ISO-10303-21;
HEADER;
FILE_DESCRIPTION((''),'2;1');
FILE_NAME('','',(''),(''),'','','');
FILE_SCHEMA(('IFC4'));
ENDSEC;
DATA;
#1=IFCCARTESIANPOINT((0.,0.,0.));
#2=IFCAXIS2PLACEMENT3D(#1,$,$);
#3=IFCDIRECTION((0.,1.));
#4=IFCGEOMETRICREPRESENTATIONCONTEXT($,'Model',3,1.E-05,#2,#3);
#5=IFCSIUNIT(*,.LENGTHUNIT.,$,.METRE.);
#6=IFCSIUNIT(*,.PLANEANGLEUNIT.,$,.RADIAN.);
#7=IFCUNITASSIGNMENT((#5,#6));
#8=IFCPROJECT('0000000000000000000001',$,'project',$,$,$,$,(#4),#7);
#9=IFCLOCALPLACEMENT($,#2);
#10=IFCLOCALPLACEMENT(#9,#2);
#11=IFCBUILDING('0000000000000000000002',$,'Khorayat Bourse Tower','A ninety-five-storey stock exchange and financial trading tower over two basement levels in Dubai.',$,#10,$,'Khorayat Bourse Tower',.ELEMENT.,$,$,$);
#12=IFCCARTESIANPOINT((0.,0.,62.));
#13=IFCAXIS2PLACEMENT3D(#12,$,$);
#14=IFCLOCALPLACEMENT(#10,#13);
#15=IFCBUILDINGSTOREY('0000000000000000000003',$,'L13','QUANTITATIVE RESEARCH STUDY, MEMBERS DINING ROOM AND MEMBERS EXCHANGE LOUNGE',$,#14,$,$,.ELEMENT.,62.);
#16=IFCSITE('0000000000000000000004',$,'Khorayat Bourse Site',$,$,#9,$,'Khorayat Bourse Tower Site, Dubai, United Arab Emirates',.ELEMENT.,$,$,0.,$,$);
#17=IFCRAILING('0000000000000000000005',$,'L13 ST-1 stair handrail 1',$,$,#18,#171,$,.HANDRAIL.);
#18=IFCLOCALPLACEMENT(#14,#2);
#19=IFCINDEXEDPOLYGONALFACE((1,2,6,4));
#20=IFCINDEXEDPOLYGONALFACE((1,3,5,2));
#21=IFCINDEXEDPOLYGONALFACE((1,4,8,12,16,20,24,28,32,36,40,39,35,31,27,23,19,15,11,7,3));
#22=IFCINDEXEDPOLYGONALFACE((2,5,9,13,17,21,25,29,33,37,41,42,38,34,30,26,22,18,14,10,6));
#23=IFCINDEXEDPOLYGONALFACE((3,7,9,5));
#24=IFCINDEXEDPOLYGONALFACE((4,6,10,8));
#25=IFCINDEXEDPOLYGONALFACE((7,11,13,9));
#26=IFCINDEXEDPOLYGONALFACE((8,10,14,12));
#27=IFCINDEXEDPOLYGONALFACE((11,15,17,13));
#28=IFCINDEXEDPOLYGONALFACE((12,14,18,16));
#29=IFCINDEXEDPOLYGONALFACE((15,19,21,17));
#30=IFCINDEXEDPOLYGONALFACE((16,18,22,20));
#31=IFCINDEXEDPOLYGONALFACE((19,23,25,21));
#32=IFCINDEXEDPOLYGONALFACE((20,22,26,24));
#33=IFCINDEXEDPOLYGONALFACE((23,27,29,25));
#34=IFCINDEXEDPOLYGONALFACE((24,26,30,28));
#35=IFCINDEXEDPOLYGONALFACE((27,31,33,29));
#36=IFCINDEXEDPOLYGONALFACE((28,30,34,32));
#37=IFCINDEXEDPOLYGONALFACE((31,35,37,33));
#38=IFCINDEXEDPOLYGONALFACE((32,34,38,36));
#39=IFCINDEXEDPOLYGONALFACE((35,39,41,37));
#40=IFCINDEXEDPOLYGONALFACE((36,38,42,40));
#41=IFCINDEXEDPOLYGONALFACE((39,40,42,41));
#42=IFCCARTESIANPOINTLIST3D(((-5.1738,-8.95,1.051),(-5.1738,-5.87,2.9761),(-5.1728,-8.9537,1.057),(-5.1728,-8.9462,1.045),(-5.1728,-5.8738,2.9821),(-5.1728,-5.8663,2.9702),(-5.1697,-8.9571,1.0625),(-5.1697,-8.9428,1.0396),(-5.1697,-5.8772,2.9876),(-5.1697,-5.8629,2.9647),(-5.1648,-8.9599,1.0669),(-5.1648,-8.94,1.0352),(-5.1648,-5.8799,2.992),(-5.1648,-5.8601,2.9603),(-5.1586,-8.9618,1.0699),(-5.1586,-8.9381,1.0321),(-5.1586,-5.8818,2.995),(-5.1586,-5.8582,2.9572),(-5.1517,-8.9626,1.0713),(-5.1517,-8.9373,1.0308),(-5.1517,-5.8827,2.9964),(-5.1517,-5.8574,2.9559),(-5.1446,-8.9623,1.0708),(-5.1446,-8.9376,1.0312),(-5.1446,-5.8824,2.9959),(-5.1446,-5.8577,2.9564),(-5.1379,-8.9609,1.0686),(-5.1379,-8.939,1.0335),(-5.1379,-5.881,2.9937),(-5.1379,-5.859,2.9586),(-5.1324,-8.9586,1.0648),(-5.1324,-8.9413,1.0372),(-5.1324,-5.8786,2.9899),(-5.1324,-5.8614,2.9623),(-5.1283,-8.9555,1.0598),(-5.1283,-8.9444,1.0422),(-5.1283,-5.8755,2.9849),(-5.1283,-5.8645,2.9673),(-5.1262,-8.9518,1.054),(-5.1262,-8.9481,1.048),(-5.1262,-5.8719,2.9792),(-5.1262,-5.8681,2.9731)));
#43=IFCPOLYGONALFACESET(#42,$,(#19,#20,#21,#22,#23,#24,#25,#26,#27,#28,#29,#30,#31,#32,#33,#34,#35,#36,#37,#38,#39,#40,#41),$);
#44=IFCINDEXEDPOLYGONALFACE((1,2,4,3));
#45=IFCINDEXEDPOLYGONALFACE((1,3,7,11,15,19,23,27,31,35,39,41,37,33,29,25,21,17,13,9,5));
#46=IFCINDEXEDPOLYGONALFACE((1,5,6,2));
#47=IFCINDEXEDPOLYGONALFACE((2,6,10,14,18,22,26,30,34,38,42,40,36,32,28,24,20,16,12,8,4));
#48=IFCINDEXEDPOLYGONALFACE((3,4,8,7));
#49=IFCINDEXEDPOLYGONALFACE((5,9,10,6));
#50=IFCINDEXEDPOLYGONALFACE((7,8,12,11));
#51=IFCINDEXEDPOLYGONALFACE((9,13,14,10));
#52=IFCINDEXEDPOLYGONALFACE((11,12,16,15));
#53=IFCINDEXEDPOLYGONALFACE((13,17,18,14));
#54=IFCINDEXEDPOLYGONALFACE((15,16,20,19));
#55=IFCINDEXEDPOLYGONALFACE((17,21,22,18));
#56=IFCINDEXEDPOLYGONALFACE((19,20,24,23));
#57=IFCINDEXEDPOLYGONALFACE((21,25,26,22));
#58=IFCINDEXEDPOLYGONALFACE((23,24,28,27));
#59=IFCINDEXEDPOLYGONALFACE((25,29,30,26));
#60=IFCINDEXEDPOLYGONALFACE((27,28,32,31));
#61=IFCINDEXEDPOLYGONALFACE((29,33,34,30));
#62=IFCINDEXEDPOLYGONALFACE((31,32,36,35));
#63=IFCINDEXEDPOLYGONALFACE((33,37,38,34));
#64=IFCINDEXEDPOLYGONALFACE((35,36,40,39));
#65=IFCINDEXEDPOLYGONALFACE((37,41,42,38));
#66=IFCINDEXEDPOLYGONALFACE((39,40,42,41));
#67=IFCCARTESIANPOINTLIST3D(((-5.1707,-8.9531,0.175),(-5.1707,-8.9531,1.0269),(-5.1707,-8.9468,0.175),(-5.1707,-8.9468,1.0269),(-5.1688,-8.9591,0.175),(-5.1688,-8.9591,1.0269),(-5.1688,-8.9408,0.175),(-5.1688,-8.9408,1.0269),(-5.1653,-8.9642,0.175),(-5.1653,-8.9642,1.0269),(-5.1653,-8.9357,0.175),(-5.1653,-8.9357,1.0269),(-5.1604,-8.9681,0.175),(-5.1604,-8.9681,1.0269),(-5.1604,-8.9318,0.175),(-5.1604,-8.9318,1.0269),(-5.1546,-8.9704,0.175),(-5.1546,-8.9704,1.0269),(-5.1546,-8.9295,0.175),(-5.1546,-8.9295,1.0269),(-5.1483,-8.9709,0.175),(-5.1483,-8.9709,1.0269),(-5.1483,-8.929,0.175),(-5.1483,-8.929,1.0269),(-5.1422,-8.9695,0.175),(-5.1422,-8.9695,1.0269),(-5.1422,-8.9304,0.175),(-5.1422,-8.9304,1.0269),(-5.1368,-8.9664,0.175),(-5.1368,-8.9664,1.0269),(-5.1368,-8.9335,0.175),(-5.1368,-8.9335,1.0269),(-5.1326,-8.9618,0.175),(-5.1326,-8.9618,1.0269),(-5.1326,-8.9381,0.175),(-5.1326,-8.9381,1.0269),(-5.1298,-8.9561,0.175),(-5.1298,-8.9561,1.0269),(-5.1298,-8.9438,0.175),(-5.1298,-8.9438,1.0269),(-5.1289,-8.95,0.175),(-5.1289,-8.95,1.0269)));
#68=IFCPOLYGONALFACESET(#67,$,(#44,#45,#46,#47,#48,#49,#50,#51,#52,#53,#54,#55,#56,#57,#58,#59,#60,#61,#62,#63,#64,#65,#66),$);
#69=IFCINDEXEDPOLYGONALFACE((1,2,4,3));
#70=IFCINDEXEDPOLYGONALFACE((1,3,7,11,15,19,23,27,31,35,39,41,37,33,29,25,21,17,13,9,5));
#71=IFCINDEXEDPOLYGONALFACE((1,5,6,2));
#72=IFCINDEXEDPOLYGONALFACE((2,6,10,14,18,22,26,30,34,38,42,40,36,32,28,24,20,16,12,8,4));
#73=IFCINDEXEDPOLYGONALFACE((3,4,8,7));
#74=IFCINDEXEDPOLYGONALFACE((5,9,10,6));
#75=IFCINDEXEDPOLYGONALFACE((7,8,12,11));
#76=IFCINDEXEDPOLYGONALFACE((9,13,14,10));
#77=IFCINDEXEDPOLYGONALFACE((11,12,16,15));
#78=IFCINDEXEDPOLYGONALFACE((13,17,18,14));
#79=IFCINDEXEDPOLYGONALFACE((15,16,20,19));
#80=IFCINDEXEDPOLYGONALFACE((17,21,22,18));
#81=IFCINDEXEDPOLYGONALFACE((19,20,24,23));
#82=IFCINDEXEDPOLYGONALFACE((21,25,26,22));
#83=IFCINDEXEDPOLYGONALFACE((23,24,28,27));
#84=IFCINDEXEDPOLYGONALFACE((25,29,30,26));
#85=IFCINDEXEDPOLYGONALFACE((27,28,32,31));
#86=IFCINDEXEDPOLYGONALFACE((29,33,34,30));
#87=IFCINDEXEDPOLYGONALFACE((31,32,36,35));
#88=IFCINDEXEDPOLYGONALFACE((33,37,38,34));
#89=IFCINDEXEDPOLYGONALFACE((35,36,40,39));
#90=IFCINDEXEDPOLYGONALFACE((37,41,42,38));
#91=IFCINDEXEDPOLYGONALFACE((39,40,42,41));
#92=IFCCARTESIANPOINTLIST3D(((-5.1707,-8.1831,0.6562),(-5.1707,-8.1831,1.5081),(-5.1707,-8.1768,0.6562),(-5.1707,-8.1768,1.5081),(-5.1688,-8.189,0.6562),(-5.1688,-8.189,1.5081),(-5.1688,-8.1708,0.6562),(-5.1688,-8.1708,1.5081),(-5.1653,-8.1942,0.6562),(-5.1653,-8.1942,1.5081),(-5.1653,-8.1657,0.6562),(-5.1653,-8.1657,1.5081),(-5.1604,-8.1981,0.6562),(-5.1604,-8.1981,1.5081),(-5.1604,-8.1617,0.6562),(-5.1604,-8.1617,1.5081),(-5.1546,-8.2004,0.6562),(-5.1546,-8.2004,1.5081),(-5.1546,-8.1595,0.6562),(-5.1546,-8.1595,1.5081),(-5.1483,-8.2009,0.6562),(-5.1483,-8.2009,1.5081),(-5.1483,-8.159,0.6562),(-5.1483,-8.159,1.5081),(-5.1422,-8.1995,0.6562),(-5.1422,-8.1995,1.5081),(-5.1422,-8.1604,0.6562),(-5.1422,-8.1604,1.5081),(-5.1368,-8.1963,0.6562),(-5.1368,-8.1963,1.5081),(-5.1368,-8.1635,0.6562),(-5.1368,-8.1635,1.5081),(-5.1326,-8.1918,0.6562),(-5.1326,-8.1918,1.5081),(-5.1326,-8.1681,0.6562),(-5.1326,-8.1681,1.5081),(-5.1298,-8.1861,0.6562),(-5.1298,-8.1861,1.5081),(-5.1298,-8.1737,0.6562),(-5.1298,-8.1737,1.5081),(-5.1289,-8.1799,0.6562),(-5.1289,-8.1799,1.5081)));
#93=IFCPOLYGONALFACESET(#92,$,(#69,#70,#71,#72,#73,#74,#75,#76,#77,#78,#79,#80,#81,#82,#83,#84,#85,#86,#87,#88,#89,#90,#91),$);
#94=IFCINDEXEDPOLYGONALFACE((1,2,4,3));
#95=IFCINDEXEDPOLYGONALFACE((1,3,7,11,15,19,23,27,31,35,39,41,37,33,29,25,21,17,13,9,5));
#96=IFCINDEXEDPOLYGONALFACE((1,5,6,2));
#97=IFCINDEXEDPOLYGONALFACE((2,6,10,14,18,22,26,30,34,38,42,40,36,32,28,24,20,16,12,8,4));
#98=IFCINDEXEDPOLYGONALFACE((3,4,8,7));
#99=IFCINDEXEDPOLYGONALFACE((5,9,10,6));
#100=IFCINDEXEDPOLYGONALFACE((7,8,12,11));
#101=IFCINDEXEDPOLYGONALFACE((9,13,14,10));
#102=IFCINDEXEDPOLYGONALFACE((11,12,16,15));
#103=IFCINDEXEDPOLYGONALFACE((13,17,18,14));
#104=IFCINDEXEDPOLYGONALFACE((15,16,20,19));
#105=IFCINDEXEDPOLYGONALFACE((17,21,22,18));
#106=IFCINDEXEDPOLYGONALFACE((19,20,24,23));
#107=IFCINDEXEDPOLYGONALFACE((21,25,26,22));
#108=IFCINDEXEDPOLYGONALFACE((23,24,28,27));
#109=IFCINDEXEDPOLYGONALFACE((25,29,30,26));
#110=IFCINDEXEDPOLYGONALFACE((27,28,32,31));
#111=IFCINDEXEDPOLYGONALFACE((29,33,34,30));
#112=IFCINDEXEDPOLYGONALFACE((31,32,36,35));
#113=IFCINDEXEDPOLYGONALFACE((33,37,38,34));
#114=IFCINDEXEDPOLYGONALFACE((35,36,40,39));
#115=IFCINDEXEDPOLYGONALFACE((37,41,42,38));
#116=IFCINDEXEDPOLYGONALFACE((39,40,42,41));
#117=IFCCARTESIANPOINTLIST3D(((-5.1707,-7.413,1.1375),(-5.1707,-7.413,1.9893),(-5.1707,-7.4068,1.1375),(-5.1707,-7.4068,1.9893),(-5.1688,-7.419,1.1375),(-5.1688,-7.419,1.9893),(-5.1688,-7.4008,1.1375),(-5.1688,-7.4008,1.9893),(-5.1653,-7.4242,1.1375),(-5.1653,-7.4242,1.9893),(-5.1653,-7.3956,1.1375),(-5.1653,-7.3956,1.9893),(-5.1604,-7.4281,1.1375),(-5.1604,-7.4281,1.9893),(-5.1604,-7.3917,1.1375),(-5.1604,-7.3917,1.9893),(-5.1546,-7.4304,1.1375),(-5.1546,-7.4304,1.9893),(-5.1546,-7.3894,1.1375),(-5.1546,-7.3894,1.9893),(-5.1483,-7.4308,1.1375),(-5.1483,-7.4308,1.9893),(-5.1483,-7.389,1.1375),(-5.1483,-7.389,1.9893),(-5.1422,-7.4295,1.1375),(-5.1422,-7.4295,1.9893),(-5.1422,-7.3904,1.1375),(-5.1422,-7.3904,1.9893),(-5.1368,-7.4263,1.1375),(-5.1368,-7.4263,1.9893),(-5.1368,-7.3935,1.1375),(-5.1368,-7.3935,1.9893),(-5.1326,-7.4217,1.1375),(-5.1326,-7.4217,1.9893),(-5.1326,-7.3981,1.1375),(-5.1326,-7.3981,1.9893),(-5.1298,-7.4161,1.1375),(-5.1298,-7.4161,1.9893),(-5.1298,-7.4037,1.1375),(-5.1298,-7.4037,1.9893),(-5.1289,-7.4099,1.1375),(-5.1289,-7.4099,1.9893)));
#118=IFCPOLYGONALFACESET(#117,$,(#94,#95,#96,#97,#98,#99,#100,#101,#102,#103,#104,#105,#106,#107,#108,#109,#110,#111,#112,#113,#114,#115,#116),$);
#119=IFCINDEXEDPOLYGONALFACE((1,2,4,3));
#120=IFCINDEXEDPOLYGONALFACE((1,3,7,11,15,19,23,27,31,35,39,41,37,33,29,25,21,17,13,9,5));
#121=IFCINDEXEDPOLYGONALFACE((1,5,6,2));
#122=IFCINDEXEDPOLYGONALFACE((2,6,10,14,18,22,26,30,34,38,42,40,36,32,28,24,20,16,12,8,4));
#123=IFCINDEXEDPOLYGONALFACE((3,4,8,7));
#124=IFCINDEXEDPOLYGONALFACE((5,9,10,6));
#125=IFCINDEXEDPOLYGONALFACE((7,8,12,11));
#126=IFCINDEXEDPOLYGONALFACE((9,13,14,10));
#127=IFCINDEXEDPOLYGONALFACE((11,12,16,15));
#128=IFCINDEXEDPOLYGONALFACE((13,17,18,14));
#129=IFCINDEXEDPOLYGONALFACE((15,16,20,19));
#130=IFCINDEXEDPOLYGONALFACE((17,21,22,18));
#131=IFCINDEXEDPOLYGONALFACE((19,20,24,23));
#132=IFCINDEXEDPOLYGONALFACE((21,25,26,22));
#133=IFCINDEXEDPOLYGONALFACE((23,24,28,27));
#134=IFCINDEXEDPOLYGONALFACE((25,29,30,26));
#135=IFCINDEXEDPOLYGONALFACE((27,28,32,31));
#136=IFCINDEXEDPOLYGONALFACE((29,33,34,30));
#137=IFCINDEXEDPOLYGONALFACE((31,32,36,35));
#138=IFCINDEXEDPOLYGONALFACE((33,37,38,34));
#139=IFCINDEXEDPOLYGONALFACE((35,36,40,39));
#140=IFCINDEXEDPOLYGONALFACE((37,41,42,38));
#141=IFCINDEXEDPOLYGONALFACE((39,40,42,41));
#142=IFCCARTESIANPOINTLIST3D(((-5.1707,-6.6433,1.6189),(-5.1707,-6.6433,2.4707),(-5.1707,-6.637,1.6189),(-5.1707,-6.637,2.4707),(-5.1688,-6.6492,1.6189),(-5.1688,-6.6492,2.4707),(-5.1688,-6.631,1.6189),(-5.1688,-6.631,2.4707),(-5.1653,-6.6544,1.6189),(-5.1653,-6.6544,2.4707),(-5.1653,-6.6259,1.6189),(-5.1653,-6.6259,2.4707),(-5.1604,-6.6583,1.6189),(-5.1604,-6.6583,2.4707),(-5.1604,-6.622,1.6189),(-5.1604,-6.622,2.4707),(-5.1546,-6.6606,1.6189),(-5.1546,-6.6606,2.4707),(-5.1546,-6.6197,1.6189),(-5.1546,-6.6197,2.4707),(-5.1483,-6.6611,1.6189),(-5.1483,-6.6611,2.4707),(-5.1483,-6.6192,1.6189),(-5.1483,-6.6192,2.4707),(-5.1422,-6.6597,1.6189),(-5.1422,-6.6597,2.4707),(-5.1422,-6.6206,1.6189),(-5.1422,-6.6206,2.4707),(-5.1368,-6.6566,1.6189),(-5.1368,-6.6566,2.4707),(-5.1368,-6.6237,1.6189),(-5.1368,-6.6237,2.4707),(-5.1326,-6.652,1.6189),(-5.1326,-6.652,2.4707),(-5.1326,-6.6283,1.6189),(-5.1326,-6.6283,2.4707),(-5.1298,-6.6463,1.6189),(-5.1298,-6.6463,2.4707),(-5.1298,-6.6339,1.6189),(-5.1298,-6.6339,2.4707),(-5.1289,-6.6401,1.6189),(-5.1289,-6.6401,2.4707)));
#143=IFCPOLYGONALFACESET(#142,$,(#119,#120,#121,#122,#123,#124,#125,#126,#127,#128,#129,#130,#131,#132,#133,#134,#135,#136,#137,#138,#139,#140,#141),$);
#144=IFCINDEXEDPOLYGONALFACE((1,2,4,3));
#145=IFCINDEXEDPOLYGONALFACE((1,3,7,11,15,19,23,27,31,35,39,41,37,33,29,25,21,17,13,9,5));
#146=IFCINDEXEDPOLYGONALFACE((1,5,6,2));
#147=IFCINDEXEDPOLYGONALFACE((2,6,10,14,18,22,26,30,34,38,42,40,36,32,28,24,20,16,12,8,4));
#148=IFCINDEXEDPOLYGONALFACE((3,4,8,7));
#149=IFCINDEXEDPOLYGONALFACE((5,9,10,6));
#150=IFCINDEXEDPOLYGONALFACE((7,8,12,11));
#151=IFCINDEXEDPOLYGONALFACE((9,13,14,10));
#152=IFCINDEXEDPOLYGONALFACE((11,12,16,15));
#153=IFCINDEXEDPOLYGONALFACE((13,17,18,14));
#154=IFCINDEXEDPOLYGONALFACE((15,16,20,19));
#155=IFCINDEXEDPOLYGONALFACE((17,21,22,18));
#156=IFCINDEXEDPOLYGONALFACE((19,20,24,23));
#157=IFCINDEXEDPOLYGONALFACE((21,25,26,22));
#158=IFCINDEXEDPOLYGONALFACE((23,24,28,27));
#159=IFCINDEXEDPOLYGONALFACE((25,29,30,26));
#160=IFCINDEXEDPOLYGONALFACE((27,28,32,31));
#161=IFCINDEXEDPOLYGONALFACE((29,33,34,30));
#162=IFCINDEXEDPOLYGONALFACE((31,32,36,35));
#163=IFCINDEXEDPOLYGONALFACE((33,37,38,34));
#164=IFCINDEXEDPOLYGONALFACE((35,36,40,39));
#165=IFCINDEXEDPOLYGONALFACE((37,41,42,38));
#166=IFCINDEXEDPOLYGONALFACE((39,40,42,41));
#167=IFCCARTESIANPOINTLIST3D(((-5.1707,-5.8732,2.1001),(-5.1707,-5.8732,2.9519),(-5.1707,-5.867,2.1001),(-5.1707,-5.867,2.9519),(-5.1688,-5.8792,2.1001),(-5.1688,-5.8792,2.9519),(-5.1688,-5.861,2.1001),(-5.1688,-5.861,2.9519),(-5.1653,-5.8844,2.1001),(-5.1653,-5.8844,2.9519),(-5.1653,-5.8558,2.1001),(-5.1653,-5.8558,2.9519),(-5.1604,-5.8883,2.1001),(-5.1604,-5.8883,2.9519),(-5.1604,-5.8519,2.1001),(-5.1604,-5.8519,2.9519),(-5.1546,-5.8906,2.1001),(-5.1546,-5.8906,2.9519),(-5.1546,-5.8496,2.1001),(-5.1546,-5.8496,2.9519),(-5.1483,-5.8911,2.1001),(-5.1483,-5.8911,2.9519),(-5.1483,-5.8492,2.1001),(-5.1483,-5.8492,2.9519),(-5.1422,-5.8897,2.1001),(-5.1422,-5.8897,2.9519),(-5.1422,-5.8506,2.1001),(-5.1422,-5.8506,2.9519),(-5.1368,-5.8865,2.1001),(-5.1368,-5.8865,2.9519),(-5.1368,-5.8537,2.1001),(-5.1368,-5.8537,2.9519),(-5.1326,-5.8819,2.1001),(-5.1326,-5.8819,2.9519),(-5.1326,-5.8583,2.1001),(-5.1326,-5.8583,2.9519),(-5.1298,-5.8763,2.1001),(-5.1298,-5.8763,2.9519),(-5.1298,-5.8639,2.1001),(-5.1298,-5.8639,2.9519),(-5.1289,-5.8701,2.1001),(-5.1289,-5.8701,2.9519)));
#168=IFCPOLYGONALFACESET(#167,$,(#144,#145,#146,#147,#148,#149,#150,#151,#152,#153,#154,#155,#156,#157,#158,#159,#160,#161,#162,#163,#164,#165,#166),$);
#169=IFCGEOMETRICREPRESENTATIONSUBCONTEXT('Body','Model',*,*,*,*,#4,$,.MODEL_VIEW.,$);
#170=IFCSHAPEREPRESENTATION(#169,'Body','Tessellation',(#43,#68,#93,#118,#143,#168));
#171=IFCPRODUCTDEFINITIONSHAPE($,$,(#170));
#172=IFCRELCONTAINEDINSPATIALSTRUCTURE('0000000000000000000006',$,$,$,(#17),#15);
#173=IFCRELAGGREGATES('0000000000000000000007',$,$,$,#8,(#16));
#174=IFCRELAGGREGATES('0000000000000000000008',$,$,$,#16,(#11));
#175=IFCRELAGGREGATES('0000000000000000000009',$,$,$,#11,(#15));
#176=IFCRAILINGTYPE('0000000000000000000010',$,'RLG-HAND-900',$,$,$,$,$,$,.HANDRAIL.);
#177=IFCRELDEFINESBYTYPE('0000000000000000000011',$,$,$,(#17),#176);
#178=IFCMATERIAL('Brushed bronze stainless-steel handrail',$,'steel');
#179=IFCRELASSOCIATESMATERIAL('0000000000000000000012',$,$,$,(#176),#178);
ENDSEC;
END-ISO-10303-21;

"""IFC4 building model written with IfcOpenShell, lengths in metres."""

from ifc_helpers import new_model, si_unit, direction, frame, origin, origin_2d, place, context, subcontext, project, spatial, circle, extrude, source, transform, mapped, material, type_object, element, save


model = new_model("IFC4")

# Units and contexts
model_context = context("Model", 3, precision=1e-05, world=origin(), true_north=direction((0.0, 1.0)))
body_context = subcontext(model_context, "Body", "Model", "MODEL_VIEW")
ifc_project = project(units=[si_unit("LENGTHUNIT", "METRE"), si_unit("PLANEANGLEUNIT", "RADIAN")], contexts=[model_context])

# Site, building, storey
site_placement = place(None, origin())
site = spatial("IfcSite", under=ifc_project, at=site_placement, Name="Khorayat Bourse Site", LongName="Khorayat Bourse Tower Site, Dubai, United Arab Emirates", CompositionType="ELEMENT", RefElevation=0.0)
building_placement = place(site_placement, origin())
building = spatial("IfcBuilding", under=site, at=building_placement, Name="Khorayat Bourse Tower", Description="A ninety-five-storey stock exchange and financial trading tower over two basement levels in Dubai.", LongName="Khorayat Bourse Tower", CompositionType="ELEMENT")
storey_placement = place(building_placement, frame((0.0, 0.0, 62.0)))
storey = spatial("IfcBuildingStorey", under=building, at=storey_placement, Name="L13", Description="QUANTITATIVE RESEARCH STUDY, MEMBERS DINING ROOM AND MEMBERS EXCHANGE LOUNGE", CompositionType="ELEMENT", Elevation=62.0)

# Railing
ifc_material_1 = material(Name="Brushed bronze stainless-steel handrail", Category="steel")
railing_type_1 = type_object("IfcRailingType", Name="RLG-HAND-900", PredefinedType="HANDRAIL", material=ifc_material_1)
shared_shape_1 = source(origin(), body_context, "Body", "SweptSolid", [
    extrude(circle(Radius=0.0239, at=origin_2d()), frame((0.0, 0.0, 0.876), z_axis=(0.0, 0.847979, 0.530029), x_axis=(-1.0, 0.0, 0.0)), (0.0, 0.0, 1.0), 3.6321),
    extrude(circle(Radius=0.021, at=origin_2d()), origin(), (0.0, 0.0, 1.0), 0.8518),
    extrude(circle(Radius=0.021, at=origin_2d()), frame((0.0, 0.77, 0.4812)), (0.0, 0.0, 1.0), 0.8518),
    extrude(circle(Radius=0.021, at=origin_2d()), frame((0.0, 1.54, 0.9624)), (0.0, 0.0, 1.0), 0.8518),
    extrude(circle(Radius=0.021, at=origin_2d()), frame((0.0, 2.3098, 1.4438)), (0.0, 0.0, 1.0), 0.8518),
    extrude(circle(Radius=0.021, at=origin_2d()), frame((0.0, 3.0798, 1.925)), (0.0, 0.0, 1.0), 0.8518),
])
railing_1_placement = place(storey_placement, frame((-5.1499, -8.95, 0.175)))
element("IfcRailing", 1, at=railing_1_placement, inside=storey, type_object=railing_type_1, Name="L13 ST-1 stair handrail 1", PredefinedType="HANDRAIL", context=body_context, shape_type="MappedRepresentation", body=[
    mapped(shared_shape_1, transform((0.0, 0.0, 0.0), scale=1.0)),
])

save(model, "model.ifc")
